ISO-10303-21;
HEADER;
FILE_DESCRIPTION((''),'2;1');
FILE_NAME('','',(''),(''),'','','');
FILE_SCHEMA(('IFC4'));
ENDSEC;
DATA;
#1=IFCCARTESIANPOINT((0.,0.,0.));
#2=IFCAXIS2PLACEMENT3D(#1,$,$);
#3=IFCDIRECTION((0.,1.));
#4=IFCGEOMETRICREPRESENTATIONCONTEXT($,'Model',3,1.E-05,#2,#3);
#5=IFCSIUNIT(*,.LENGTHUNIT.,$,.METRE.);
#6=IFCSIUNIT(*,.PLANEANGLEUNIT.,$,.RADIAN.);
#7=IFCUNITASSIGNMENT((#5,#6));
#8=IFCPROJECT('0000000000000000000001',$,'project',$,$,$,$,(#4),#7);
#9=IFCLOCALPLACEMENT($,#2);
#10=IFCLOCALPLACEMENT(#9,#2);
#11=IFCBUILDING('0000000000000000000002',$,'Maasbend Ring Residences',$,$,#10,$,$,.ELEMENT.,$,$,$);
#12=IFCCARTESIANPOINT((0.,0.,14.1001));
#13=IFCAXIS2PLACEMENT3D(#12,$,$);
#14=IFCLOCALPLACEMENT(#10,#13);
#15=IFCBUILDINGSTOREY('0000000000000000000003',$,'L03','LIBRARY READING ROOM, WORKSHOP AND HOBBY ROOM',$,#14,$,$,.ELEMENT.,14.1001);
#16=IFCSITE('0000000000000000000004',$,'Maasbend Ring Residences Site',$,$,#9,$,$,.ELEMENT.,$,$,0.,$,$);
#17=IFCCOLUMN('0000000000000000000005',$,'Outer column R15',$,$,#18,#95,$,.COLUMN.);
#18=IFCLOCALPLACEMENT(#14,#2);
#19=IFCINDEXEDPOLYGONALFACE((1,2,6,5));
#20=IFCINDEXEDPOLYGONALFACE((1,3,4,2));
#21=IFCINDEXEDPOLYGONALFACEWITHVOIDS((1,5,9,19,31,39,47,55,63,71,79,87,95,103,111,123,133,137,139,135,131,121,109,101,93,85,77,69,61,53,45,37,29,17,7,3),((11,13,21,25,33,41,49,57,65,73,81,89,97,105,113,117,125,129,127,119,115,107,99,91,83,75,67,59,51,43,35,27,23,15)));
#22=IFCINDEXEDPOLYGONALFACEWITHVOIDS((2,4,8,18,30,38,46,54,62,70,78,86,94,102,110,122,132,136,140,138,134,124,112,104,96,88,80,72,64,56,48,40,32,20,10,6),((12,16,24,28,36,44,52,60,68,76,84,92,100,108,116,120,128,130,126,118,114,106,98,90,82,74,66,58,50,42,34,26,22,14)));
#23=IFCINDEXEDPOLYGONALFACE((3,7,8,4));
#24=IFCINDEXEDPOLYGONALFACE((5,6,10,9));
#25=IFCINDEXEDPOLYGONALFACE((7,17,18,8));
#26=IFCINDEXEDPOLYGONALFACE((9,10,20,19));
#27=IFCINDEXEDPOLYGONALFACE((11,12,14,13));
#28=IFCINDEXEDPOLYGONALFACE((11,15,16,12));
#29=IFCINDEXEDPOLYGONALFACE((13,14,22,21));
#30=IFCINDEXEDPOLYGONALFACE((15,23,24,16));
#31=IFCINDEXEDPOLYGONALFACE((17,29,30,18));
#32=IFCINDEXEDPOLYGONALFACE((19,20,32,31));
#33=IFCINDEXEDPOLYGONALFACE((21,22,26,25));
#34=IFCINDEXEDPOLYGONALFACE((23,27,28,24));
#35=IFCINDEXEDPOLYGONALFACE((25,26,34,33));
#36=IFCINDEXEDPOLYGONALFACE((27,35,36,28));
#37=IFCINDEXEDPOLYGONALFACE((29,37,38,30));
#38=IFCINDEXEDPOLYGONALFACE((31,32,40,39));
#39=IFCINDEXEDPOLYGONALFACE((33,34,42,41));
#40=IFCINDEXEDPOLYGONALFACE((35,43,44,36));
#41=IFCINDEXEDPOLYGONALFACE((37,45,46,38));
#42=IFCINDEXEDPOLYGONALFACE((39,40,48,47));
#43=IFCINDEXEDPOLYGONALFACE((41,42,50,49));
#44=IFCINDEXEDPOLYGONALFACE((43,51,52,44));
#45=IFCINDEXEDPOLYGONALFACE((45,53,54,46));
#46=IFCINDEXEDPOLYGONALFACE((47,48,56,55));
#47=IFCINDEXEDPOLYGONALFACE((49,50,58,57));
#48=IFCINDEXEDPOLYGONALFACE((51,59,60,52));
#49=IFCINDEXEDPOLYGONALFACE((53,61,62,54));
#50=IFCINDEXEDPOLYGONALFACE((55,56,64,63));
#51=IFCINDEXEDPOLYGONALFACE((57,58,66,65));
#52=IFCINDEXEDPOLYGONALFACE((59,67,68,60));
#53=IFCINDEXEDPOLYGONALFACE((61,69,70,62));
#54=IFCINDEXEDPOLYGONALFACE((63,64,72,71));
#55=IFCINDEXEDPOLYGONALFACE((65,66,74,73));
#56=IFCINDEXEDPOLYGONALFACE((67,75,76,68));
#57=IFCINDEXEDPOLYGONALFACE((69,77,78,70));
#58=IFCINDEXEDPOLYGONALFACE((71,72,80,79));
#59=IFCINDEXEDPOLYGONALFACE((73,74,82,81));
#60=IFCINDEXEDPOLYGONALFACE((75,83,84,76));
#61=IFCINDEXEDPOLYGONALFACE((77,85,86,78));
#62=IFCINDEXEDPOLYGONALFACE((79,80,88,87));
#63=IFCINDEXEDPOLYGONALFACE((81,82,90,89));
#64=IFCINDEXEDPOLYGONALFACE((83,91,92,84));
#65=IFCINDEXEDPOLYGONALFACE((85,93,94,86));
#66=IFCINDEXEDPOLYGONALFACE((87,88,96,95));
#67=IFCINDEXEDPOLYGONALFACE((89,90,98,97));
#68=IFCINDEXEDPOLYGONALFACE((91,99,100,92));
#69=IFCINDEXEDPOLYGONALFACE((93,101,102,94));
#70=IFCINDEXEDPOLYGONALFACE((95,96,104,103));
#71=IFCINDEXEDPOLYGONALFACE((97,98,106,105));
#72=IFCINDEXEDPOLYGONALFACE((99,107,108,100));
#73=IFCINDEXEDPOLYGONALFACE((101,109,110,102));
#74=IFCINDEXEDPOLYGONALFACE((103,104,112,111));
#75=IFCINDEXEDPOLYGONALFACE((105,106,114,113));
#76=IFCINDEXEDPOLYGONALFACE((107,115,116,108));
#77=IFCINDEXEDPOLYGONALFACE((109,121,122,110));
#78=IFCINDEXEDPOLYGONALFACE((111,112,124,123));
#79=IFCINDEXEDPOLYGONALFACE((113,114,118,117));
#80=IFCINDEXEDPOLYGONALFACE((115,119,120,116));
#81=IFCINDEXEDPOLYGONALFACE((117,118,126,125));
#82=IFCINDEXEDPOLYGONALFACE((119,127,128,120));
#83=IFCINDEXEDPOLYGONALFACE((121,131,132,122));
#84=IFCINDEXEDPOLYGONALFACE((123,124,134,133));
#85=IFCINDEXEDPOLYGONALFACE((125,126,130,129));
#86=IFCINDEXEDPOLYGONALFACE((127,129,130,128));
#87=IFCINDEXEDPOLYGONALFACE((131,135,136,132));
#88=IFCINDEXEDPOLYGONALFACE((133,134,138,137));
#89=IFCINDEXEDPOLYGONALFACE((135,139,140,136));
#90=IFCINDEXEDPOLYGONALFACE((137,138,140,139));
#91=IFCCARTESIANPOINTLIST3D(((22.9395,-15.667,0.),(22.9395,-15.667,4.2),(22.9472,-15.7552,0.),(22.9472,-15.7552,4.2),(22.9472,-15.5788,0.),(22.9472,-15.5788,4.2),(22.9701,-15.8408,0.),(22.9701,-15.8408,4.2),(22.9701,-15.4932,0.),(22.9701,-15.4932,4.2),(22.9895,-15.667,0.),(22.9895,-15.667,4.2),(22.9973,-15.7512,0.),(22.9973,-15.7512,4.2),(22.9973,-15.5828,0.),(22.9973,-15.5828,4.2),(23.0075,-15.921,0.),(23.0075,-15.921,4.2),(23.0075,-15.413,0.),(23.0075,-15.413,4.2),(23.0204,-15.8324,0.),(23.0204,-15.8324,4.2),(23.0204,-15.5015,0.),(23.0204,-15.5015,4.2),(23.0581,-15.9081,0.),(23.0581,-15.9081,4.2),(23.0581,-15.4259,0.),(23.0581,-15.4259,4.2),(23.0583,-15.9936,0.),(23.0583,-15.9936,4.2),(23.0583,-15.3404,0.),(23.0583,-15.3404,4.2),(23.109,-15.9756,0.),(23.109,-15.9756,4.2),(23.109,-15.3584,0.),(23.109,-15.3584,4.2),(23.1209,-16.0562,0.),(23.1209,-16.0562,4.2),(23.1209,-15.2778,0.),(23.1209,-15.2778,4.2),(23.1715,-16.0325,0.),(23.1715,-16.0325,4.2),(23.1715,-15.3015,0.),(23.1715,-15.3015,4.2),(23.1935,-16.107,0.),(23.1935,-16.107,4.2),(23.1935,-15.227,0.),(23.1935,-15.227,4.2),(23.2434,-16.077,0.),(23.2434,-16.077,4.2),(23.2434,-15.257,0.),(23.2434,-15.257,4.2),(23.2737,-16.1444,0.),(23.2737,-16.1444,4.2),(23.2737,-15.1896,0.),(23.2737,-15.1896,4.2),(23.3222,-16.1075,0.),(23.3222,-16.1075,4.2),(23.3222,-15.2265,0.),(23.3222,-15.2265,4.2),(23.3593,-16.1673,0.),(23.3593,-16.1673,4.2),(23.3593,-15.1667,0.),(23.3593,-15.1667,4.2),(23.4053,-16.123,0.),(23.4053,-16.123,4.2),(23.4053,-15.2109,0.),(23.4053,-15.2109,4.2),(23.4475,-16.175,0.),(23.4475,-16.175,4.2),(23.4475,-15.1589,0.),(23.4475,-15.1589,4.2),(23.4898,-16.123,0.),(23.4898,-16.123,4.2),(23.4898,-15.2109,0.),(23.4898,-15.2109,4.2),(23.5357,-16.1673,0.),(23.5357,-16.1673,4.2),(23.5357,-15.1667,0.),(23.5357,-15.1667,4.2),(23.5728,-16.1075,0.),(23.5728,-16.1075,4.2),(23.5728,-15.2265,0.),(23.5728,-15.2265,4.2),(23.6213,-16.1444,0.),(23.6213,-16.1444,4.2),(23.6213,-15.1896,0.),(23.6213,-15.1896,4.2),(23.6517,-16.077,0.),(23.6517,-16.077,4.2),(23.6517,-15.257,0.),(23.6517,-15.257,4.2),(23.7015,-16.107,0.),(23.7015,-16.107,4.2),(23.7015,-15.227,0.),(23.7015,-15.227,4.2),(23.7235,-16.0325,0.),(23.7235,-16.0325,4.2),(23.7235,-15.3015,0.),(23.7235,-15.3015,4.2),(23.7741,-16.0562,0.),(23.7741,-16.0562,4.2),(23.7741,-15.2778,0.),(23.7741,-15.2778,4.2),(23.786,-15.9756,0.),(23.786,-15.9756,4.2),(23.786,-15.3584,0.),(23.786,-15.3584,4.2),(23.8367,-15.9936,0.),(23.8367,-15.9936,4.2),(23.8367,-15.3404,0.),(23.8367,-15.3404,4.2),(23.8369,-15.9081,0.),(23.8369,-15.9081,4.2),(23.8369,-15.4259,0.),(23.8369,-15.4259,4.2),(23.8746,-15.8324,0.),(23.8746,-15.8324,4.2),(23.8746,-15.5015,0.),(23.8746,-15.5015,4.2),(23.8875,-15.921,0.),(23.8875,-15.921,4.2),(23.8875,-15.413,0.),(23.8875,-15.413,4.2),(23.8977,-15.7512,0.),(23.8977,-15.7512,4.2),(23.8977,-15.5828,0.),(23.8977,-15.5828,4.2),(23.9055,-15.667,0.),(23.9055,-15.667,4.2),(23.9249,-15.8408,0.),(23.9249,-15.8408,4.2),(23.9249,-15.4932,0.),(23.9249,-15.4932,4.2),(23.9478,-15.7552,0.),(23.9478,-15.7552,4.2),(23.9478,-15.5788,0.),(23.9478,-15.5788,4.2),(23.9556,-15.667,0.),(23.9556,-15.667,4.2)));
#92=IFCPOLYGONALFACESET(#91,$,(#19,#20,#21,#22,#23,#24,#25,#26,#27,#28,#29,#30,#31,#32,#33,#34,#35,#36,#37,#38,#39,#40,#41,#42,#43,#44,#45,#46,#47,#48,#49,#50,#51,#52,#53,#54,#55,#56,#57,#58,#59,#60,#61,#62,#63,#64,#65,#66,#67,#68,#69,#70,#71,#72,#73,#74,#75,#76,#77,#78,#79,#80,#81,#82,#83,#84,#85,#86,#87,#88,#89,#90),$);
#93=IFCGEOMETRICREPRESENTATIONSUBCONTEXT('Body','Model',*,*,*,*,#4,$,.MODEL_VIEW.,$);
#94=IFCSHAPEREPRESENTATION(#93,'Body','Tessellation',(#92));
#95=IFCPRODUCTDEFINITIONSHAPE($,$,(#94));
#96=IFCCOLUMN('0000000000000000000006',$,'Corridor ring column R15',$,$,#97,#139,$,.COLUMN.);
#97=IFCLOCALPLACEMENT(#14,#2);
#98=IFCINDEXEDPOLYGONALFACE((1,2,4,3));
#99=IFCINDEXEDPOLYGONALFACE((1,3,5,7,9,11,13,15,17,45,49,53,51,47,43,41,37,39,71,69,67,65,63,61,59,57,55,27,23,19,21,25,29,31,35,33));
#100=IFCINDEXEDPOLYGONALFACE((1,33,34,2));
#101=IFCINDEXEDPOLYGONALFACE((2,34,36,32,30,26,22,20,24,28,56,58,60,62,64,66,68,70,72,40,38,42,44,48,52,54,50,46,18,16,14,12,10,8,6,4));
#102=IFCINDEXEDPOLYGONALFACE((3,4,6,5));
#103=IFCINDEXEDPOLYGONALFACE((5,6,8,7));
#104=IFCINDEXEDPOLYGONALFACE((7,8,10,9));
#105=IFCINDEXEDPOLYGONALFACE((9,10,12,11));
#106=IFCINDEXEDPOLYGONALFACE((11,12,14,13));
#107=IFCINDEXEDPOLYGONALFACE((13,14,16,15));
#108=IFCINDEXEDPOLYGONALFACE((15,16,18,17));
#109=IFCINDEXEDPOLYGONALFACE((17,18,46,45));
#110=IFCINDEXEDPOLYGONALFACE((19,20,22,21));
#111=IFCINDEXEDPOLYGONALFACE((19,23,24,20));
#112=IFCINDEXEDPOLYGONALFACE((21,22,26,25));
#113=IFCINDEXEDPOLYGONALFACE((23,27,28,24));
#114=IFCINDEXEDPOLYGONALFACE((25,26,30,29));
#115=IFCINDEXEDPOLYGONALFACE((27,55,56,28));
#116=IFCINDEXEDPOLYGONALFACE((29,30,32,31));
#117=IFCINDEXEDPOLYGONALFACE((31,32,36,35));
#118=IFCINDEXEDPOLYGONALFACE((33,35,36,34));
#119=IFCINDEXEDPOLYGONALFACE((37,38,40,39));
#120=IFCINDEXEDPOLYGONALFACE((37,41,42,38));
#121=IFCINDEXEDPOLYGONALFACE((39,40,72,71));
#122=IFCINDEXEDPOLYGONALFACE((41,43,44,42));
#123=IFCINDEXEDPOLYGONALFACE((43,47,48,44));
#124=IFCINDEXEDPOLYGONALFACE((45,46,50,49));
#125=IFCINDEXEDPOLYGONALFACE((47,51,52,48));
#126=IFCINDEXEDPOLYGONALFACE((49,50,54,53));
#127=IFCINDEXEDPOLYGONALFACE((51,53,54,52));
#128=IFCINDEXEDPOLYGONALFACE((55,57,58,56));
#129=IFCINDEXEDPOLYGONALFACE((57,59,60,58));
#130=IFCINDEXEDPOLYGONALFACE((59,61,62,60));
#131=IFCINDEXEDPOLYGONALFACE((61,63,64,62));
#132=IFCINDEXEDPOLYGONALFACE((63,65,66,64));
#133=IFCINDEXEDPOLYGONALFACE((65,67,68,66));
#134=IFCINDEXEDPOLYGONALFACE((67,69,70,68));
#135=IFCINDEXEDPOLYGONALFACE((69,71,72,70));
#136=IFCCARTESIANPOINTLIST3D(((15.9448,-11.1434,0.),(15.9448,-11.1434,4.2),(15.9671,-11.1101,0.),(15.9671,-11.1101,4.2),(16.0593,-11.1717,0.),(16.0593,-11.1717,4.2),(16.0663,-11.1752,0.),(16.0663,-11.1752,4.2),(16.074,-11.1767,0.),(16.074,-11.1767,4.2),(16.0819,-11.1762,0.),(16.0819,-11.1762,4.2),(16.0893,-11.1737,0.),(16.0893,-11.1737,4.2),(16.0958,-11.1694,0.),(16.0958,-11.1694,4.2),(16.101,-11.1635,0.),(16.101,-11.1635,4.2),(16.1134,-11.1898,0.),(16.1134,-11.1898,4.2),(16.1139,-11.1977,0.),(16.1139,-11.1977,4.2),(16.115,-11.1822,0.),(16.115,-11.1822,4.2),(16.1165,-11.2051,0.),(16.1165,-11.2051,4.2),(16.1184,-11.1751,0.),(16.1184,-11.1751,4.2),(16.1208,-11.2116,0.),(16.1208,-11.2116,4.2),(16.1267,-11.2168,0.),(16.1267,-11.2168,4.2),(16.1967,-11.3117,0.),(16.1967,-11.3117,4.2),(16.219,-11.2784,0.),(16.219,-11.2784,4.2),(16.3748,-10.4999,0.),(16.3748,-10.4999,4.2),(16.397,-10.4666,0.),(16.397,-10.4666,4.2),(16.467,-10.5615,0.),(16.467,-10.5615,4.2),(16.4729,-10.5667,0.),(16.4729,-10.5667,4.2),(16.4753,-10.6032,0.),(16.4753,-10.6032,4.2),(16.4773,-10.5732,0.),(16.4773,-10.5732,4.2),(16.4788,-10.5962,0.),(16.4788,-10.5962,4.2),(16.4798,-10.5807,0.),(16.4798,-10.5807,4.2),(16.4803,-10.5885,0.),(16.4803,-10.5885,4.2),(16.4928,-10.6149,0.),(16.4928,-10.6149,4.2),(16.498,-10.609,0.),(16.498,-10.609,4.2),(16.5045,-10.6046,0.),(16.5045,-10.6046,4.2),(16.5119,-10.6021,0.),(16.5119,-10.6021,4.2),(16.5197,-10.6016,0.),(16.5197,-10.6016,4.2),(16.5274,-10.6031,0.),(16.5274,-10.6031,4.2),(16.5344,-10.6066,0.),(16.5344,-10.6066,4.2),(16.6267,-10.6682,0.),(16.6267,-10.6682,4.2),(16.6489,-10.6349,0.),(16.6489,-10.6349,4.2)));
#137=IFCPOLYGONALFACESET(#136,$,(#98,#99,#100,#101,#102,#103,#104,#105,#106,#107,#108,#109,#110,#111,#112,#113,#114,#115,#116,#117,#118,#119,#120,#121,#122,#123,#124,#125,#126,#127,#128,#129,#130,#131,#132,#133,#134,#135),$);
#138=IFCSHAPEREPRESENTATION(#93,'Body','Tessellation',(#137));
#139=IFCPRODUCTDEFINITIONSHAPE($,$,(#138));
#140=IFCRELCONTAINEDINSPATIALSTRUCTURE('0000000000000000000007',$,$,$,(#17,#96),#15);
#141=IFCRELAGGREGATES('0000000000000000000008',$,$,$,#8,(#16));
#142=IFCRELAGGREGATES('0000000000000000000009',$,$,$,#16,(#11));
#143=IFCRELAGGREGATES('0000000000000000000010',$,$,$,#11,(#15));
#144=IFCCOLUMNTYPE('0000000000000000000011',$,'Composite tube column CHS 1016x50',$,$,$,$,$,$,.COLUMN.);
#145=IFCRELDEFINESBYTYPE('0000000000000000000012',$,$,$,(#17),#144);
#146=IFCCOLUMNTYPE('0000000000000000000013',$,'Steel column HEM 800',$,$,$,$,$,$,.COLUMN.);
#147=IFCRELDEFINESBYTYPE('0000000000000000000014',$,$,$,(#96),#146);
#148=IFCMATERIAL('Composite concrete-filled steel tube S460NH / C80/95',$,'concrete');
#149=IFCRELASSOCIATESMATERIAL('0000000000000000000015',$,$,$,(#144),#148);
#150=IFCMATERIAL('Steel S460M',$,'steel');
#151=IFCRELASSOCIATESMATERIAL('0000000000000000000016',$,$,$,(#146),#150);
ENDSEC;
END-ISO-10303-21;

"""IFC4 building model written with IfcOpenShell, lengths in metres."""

from ifc_helpers import new_model, si_unit, direction, frame, origin, origin_2d, place, context, subcontext, project, spatial, hollow_circle, i_section, extrude, material, material_profile, profile_set, type_object, element, save


model = new_model("IFC4")

# Units and contexts
model_context = context("Model", 3, precision=1e-05, world=origin(), true_north=direction((0.0, 1.0)))
body_context = subcontext(model_context, "Body", "Model", "MODEL_VIEW")
ifc_project = project(units=[si_unit("LENGTHUNIT", "METRE"), si_unit("PLANEANGLEUNIT", "RADIAN")], contexts=[model_context])

# Site, building, storey
site_placement = place(None, origin())
site = spatial("IfcSite", under=ifc_project, at=site_placement, Name="Maasbend Ring Residences Site", CompositionType="ELEMENT", RefElevation=0.0)
building_placement = place(site_placement, origin())
building = spatial("IfcBuilding", under=site, at=building_placement, Name="Maasbend Ring Residences", CompositionType="ELEMENT")
storey_placement = place(building_placement, frame((0.0, 0.0, 14.1001)))
storey = spatial("IfcBuildingStorey", under=building, at=storey_placement, Name="L03", Description="LIBRARY READING ROOM, WORKSHOP AND HOBBY ROOM", CompositionType="ELEMENT", Elevation=14.1001)

# Columns
ifc_material_1 = material(Name="Composite concrete-filled steel tube S460NH / C80/95", Category="concrete")
ifc_material_profile_1 = material_profile(ifc_material_1, hollow_circle(Radius=0.5081, WallThickness=0.05, at=origin_2d()), Name="Composite tube column CHS 1016x50")
ifc_profile_set_1 = profile_set([ifc_material_profile_1], Name="Composite concrete-filled steel tube S460NH / C80/95")
column_type_1 = type_object("IfcColumnType", Name="Composite tube column CHS 1016x50", PredefinedType="COLUMN", material=ifc_profile_set_1)
column_1_placement = place(storey_placement, frame((23.4475, -15.667, 0.0), z_axis=(0.0, 0.0, 1.0), x_axis=(1.0, 0.0, 0.0)))
element("IfcColumn", 1, at=column_1_placement, inside=storey, type_object=column_type_1, Name="Outer column R15", PredefinedType="COLUMN", context=body_context, shape_type="SweptSolid", body=[
    extrude(hollow_circle(Radius=0.5081, WallThickness=0.05, at=origin_2d()), origin(), (0.0, 0.0, 1.0), 4.2),
])
ifc_material_2 = material(Name="Steel S460M", Category="steel")
ifc_material_profile_2 = material_profile(ifc_material_2, i_section(OverallWidth=0.303, OverallDepth=0.814, WebThickness=0.021, FlangeThickness=0.04, FilletRadius=0.03, at=origin_2d()), Name="HEM 800")
ifc_profile_set_2 = profile_set([ifc_material_profile_2], Name="Steel S460M")
column_type_2 = type_object("IfcColumnType", Name="Steel column HEM 800", PredefinedType="COLUMN", material=ifc_profile_set_2)
column_2_placement = place(storey_placement, frame((16.2969, -10.8892, 0.0), z_axis=(0.0, 0.0, 1.0), x_axis=(0.83147, -0.55557, 0.0)))
element("IfcColumn", 2, at=column_2_placement, inside=storey, type_object=column_type_2, Name="Corridor ring column R15", PredefinedType="COLUMN", context=body_context, shape_type="SweptSolid", body=[
    extrude(i_section(OverallWidth=0.303, OverallDepth=0.814, WebThickness=0.021, FlangeThickness=0.04, FilletRadius=0.03, at=origin_2d()), origin(), (0.0, 0.0, 1.0), 4.2),
])

save(model, "model.ifc")
